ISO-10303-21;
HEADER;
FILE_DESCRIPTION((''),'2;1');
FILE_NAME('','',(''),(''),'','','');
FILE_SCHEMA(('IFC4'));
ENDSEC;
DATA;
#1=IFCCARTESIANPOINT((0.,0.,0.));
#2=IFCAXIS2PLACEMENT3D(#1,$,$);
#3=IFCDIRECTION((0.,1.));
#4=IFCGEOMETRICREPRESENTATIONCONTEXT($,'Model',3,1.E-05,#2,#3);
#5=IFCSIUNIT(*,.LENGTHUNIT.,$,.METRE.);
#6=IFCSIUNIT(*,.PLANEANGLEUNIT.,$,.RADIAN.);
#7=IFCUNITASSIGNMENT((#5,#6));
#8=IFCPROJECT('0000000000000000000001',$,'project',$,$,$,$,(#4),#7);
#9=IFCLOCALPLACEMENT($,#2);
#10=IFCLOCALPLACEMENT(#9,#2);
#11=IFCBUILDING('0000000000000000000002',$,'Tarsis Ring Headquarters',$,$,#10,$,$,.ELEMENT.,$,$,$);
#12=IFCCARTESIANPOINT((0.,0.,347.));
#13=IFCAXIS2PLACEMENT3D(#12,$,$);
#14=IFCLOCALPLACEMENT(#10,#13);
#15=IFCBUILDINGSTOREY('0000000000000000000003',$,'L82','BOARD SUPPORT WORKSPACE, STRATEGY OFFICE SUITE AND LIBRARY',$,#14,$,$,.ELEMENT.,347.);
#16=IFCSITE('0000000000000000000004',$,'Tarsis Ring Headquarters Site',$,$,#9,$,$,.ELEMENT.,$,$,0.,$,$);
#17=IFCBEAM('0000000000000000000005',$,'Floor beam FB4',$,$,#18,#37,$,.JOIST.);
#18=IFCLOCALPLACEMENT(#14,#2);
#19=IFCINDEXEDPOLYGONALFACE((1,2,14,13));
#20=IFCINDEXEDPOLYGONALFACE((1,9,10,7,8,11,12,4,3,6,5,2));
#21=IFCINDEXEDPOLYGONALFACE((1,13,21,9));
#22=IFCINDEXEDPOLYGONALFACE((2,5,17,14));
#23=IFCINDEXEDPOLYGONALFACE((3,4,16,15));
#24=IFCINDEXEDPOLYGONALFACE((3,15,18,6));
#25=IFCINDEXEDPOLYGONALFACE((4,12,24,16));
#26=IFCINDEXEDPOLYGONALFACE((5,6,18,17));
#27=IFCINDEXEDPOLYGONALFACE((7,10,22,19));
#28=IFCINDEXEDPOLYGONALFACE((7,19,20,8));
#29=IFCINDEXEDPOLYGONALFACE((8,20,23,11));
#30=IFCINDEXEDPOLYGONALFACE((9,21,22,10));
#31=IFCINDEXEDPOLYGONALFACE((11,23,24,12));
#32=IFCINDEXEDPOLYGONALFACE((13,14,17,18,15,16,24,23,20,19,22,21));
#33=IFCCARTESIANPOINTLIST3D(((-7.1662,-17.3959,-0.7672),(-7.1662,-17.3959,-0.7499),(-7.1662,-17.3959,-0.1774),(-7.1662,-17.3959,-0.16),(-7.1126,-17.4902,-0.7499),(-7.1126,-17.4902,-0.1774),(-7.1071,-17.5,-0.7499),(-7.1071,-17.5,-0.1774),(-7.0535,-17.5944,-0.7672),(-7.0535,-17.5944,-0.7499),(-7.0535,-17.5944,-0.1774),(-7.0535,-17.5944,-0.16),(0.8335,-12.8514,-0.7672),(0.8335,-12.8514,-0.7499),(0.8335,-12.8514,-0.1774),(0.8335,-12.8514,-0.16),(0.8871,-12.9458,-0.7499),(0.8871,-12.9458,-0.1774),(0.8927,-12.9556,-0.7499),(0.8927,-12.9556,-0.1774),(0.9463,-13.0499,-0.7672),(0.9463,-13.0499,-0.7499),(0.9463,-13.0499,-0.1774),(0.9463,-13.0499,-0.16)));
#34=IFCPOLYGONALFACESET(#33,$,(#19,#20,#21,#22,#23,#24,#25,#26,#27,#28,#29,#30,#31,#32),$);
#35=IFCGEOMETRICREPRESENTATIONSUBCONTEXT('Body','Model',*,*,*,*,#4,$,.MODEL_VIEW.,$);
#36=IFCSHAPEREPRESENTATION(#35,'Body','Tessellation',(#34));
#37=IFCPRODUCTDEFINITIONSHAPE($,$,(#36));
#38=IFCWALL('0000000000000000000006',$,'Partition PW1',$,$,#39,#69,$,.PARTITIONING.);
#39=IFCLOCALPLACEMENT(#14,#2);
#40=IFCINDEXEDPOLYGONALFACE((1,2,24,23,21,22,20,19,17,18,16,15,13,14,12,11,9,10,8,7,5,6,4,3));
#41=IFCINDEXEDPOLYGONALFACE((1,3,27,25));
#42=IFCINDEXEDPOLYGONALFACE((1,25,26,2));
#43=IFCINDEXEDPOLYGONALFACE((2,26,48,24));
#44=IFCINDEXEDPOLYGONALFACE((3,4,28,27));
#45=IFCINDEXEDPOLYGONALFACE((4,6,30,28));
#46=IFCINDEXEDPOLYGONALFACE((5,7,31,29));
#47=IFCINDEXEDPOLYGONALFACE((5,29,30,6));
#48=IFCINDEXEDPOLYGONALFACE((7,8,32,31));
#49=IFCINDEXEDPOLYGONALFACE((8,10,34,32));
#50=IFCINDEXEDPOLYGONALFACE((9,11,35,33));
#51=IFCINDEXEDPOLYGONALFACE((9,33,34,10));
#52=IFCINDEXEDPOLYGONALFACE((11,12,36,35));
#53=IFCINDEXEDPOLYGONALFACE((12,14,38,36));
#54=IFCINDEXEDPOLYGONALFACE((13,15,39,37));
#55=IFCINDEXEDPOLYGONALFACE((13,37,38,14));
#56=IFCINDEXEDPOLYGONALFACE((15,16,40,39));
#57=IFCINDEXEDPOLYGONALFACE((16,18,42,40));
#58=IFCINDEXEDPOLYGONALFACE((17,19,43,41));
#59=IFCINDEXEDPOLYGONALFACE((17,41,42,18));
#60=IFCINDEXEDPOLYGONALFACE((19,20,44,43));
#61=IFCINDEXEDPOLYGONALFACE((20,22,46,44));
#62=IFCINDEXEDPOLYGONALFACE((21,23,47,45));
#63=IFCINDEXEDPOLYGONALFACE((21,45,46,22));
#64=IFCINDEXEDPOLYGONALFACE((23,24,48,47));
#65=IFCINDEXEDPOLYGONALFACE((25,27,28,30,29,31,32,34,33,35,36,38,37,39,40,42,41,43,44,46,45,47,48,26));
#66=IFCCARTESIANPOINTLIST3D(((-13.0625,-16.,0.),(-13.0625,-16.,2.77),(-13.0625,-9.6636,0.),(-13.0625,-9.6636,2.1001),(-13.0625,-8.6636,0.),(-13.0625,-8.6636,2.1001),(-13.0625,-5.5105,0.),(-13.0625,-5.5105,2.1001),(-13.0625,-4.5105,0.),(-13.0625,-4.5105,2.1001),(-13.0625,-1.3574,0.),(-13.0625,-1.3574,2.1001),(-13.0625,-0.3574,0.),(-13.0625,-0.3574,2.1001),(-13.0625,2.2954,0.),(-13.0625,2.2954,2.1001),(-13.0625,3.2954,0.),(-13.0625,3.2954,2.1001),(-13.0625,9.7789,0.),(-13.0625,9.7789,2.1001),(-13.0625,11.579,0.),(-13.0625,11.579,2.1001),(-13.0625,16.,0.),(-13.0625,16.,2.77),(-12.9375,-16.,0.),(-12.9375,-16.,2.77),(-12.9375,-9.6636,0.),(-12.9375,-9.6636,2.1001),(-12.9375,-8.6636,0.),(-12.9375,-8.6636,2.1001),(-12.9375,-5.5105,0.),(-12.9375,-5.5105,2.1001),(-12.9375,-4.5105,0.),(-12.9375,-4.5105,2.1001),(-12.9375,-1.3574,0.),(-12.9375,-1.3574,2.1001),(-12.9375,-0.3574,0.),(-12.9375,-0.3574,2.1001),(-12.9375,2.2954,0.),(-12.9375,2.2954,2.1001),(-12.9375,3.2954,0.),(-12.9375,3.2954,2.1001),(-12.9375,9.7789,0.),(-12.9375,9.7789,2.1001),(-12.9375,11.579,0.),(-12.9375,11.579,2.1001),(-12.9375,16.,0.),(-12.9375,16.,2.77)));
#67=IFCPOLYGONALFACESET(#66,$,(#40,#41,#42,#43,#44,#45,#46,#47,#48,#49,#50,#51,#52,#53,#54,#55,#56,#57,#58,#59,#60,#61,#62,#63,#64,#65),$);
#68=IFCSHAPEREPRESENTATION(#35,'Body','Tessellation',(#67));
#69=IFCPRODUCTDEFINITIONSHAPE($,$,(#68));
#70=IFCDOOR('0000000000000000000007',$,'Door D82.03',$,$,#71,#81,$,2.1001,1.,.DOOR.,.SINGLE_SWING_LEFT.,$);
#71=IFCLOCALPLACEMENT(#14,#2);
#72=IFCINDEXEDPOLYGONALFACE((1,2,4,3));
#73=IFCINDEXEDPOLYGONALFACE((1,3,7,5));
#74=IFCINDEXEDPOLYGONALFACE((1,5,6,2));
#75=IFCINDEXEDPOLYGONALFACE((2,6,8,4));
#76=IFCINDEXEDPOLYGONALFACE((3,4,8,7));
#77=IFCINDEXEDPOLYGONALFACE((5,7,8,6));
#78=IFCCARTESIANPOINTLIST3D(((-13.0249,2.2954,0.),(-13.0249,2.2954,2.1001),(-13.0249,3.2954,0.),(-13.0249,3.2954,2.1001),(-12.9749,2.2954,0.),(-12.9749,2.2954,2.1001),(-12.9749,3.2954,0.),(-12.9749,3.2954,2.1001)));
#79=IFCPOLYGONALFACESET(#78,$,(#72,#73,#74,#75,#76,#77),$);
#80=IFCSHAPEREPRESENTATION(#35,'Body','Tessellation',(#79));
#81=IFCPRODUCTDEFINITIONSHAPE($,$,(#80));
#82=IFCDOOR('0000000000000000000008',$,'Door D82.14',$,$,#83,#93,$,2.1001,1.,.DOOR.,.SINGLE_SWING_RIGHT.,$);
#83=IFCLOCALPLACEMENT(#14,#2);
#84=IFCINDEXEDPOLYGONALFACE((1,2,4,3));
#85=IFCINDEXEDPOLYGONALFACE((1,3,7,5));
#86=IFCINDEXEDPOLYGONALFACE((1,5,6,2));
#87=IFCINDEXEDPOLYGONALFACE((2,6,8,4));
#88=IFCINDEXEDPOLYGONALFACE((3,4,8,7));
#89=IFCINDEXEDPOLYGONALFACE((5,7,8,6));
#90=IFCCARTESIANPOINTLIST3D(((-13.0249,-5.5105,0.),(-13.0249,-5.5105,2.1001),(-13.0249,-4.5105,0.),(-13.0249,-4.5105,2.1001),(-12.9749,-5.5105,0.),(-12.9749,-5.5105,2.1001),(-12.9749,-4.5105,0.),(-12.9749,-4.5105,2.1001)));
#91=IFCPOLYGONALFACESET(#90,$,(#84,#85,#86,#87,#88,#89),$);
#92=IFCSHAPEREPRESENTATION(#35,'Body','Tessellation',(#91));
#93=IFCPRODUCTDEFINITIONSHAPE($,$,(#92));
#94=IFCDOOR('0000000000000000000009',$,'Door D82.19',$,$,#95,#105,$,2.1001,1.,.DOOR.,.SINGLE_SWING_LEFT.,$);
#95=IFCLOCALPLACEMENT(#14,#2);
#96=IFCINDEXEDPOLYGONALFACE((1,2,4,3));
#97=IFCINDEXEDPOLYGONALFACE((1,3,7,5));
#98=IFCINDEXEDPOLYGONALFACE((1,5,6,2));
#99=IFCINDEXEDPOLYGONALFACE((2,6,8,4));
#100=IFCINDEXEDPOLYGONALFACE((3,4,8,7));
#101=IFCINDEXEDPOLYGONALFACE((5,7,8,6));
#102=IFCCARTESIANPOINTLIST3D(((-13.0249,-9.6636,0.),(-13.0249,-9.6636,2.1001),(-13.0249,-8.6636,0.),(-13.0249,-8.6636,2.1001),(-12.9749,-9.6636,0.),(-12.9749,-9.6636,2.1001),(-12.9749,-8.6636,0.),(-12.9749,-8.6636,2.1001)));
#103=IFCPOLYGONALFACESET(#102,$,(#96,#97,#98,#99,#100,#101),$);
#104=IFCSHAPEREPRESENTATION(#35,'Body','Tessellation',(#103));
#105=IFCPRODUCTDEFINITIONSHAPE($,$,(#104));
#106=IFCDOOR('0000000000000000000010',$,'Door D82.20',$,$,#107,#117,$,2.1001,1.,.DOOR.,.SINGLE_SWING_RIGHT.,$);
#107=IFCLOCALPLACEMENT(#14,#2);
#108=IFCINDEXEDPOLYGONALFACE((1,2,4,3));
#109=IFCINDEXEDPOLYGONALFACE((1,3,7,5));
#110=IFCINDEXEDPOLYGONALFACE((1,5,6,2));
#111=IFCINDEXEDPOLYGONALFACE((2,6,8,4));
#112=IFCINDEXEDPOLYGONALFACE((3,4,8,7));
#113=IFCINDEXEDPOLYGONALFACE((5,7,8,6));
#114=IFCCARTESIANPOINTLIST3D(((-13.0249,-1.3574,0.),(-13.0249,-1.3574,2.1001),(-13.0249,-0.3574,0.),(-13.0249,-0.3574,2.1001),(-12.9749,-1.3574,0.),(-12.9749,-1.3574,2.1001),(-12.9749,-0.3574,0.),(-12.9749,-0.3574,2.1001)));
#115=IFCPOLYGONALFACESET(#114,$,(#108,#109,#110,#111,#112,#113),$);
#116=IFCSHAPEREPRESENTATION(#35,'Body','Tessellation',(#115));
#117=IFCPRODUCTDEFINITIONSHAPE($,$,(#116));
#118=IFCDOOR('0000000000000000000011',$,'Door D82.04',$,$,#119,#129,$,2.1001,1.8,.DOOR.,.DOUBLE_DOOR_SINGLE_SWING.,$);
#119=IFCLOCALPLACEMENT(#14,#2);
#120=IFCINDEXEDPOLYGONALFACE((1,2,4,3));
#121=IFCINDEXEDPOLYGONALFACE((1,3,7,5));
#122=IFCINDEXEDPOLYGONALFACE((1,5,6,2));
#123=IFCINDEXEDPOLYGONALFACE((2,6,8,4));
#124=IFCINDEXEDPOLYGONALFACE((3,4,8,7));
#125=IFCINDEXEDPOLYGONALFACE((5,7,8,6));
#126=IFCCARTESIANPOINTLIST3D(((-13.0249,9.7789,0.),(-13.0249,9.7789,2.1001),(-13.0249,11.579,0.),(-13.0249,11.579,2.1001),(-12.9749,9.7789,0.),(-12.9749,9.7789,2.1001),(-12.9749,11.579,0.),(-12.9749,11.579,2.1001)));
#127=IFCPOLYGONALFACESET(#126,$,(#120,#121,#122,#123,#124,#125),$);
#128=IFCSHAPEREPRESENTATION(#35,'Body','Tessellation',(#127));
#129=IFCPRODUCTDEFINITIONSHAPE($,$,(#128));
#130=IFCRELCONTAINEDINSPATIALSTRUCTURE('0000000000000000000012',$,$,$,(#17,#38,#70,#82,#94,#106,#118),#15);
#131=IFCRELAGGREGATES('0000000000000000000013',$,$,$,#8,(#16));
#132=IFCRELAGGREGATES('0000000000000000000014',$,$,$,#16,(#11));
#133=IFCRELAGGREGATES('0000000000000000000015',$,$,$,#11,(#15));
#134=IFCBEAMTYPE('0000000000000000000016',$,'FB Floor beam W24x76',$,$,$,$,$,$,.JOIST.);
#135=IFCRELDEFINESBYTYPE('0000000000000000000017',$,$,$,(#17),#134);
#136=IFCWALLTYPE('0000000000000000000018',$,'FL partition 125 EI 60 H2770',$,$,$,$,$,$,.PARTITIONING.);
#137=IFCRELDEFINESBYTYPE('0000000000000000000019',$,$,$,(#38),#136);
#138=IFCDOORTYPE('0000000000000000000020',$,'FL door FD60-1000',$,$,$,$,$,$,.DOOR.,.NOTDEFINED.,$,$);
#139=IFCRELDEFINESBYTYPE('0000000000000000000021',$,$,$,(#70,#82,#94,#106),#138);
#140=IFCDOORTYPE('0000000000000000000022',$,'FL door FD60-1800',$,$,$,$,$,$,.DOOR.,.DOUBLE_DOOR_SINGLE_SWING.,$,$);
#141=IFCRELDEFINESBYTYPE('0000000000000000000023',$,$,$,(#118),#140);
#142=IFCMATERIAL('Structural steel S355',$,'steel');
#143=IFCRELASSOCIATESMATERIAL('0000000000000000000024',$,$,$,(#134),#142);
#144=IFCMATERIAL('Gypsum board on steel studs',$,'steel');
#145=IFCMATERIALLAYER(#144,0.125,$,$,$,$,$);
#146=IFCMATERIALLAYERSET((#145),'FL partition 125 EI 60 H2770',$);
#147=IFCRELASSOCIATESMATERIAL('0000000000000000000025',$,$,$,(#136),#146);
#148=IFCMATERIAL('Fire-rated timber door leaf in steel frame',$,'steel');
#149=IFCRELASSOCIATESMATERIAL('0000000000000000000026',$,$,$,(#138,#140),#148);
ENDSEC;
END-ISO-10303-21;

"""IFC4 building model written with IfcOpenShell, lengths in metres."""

from ifc_helpers import new_model, si_unit, direction, frame, frame_2d, origin, origin_2d, place, context, subcontext, project, spatial, rectangle, i_section, extrude, material, layer, layer_set, material_profile, profile_set, type_object, element, fill, save


model = new_model("IFC4")

# Units and contexts
model_context = context("Model", 3, precision=1e-05, world=origin(), true_north=direction((0.0, 1.0)))
body_context = subcontext(model_context, "Body", "Model", "MODEL_VIEW")
ifc_project = project(units=[si_unit("LENGTHUNIT", "METRE"), si_unit("PLANEANGLEUNIT", "RADIAN")], contexts=[model_context])

# Site, building, storey
site_placement = place(None, origin())
site = spatial("IfcSite", under=ifc_project, at=site_placement, Name="Tarsis Ring Headquarters Site", CompositionType="ELEMENT", RefElevation=0.0)
building_placement = place(site_placement, origin())
building = spatial("IfcBuilding", under=site, at=building_placement, Name="Tarsis Ring Headquarters", CompositionType="ELEMENT")
storey_placement = place(building_placement, frame((0.0, 0.0, 347.0)))
storey = spatial("IfcBuildingStorey", under=building, at=storey_placement, Name="L82", Description="BOARD SUPPORT WORKSPACE, STRATEGY OFFICE SUITE AND LIBRARY", CompositionType="ELEMENT", Elevation=347.0)

# Beam
ifc_material_1 = material(Name="Structural steel S355", Category="steel")
ifc_material_profile = material_profile(ifc_material_1, i_section(OverallWidth=0.2283, OverallDepth=0.6072, WebThickness=0.0112, FlangeThickness=0.0173, at=origin_2d()), Name="W24x76")
ifc_profile_set = profile_set([ifc_material_profile], Name="Structural steel S355")
beam_type = type_object("IfcBeamType", Name="FB Floor beam W24x76", PredefinedType="JOIST", material=ifc_profile_set)
beam_placement = place(storey_placement, frame((-7.1099, -17.4951, -0.4636), z_axis=(0.869498, 0.493937, 0.0), x_axis=(-0.493937, 0.869498, 0.0)))
element("IfcBeam", 1, at=beam_placement, inside=storey, type_object=beam_type, Name="Floor beam FB4", PredefinedType="JOIST", context=body_context, shape_type="SweptSolid", body=[
    extrude(i_section(OverallWidth=0.2283, OverallDepth=0.6072, WebThickness=0.0112, FlangeThickness=0.0173, at=origin_2d()), origin(), (0.0, 0.0, 1.0), 9.2004),
])

# Wall, openings, doors
ifc_material_2 = material(Name="Gypsum board on steel studs", Category="steel")
ifc_layer_1 = layer(ifc_material_2, 0.125)
ifc_layer_set_1 = layer_set([ifc_layer_1], Name="FL partition 125 EI 60 H2770")
wall_type_1 = type_object("IfcWallType", Name="FL partition 125 EI 60 H2770", PredefinedType="PARTITIONING", material=ifc_layer_set_1)
wall_1_placement = place(storey_placement, frame((-13.0, -16.0, 0.0), z_axis=(0.0, 0.0, 1.0), x_axis=(0.0, 1.0, 0.0)))
wall_1 = element("IfcWall", 2, at=wall_1_placement, inside=storey, type_object=wall_type_1, Name="Partition PW1", PredefinedType="PARTITIONING", context=body_context, shape_type="SweptSolid", body=[
    extrude(rectangle(XDim=32.0, YDim=0.125, at=frame_2d((16.0, 0.0))), origin(), (0.0, 0.0, 1.0), 2.77),
])
opening_1_placement = place(wall_1_placement, frame((18.2954, 0.0, 0.0)))
opening_1 = element("IfcOpeningElement", 3, at=opening_1_placement, cuts=wall_1, PredefinedType="OPENING", context=body_context, shape_type="SweptSolid", body=[
    extrude(rectangle(XDim=1.0, YDim=2.1001, at=frame_2d((0.5, 1.05))), frame((0.0, 0.0725, 0.0), z_axis=(0.0, -1.0, 0.0), x_axis=(1.0, 0.0, 0.0)), (0.0, 0.0, 1.0), 0.145),
])
opening_2_placement = place(wall_1_placement, frame((25.7791, 0.0, 0.0)))
opening_2 = element("IfcOpeningElement", 4, at=opening_2_placement, cuts=wall_1, PredefinedType="OPENING", context=body_context, shape_type="SweptSolid", body=[
    extrude(rectangle(XDim=1.8, YDim=2.1001, at=frame_2d((0.8999, 1.05))), frame((0.0, 0.0725, 0.0), z_axis=(0.0, -1.0, 0.0), x_axis=(1.0, 0.0, 0.0)), (0.0, 0.0, 1.0), 0.145),
])
opening_3_placement = place(wall_1_placement, frame((10.4895, 0.0, 0.0)))
opening_3 = element("IfcOpeningElement", 5, at=opening_3_placement, cuts=wall_1, PredefinedType="OPENING", context=body_context, shape_type="SweptSolid", body=[
    extrude(rectangle(XDim=1.0, YDim=2.1001, at=frame_2d((0.5, 1.05))), frame((0.0, 0.0725, 0.0), z_axis=(0.0, -1.0, 0.0), x_axis=(1.0, 0.0, 0.0)), (0.0, 0.0, 1.0), 0.145),
])
opening_4_placement = place(wall_1_placement, frame((6.3364, 0.0, 0.0)))
opening_4 = element("IfcOpeningElement", 6, at=opening_4_placement, cuts=wall_1, PredefinedType="OPENING", context=body_context, shape_type="SweptSolid", body=[
    extrude(rectangle(XDim=1.0, YDim=2.1001, at=frame_2d((0.5, 1.05))), frame((0.0, 0.0725, 0.0), z_axis=(0.0, -1.0, 0.0), x_axis=(1.0, 0.0, 0.0)), (0.0, 0.0, 1.0), 0.145),
])
opening_5_placement = place(wall_1_placement, frame((14.6426, 0.0, 0.0)))
opening_5 = element("IfcOpeningElement", 7, at=opening_5_placement, cuts=wall_1, PredefinedType="OPENING", context=body_context, shape_type="SweptSolid", body=[
    extrude(rectangle(XDim=1.0, YDim=2.1001, at=frame_2d((0.5, 1.05))), frame((0.0, 0.0725, 0.0), z_axis=(0.0, -1.0, 0.0), x_axis=(1.0, 0.0, 0.0)), (0.0, 0.0, 1.0), 0.145),
])
ifc_material_3 = material(Name="Fire-rated timber door leaf in steel frame", Category="steel")
door_type_1 = type_object("IfcDoorType", Name="FL door FD60-1000", OperationType="NOTDEFINED", PredefinedType="DOOR", material=ifc_material_3)
door_1_placement = place(opening_1_placement, origin())
door_1 = element("IfcDoor", 8, at=door_1_placement, inside=storey, type_object=door_type_1, Name="Door D82.03", OperationType="SINGLE_SWING_LEFT", OverallHeight=2.1001, OverallWidth=1.0, PredefinedType="DOOR", context=body_context, shape_type="SweptSolid", body=[
    extrude(rectangle(XDim=1.0, YDim=2.1001, at=frame_2d((0.5, 1.05))), frame((0.0, 0.0249, 0.0), z_axis=(0.0, -1.0, 0.0), x_axis=(1.0, 0.0, 0.0)), (0.0, 0.0, 1.0), 0.05),
])
fill(opening_1, door_1)
door_2_placement = place(opening_3_placement, origin())
door_2 = element("IfcDoor", 9, at=door_2_placement, inside=storey, type_object=door_type_1, Name="Door D82.14", OperationType="SINGLE_SWING_RIGHT", OverallHeight=2.1001, OverallWidth=1.0, PredefinedType="DOOR", context=body_context, shape_type="SweptSolid", body=[
    extrude(rectangle(XDim=1.0, YDim=2.1001, at=frame_2d((0.5, 1.05))), frame((0.0, 0.0249, 0.0), z_axis=(0.0, -1.0, 0.0), x_axis=(1.0, 0.0, 0.0)), (0.0, 0.0, 1.0), 0.05),
])
fill(opening_3, door_2)
door_3_placement = place(opening_4_placement, origin())
door_3 = element("IfcDoor", 10, at=door_3_placement, inside=storey, type_object=door_type_1, Name="Door D82.19", OperationType="SINGLE_SWING_LEFT", OverallHeight=2.1001, OverallWidth=1.0, PredefinedType="DOOR", context=body_context, shape_type="SweptSolid", body=[
    extrude(rectangle(XDim=1.0, YDim=2.1001, at=frame_2d((0.5, 1.05))), frame((0.0, 0.0249, 0.0), z_axis=(0.0, -1.0, 0.0), x_axis=(1.0, 0.0, 0.0)), (0.0, 0.0, 1.0), 0.05),
])
fill(opening_4, door_3)
door_4_placement = place(opening_5_placement, origin())
door_4 = element("IfcDoor", 11, at=door_4_placement, inside=storey, type_object=door_type_1, Name="Door D82.20", OperationType="SINGLE_SWING_RIGHT", OverallHeight=2.1001, OverallWidth=1.0, PredefinedType="DOOR", context=body_context, shape_type="SweptSolid", body=[
    extrude(rectangle(XDim=1.0, YDim=2.1001, at=frame_2d((0.5, 1.05))), frame((0.0, 0.0249, 0.0), z_axis=(0.0, -1.0, 0.0), x_axis=(1.0, 0.0, 0.0)), (0.0, 0.0, 1.0), 0.05),
])
fill(opening_5, door_4)
door_type_2 = type_object("IfcDoorType", Name="FL door FD60-1800", OperationType="DOUBLE_DOOR_SINGLE_SWING", PredefinedType="DOOR", material=ifc_material_3)
door_5_placement = place(opening_2_placement, origin())
door_5 = element("IfcDoor", 12, at=door_5_placement, inside=storey, type_object=door_type_2, Name="Door D82.04", OperationType="DOUBLE_DOOR_SINGLE_SWING", OverallHeight=2.1001, OverallWidth=1.8, PredefinedType="DOOR", context=body_context, shape_type="SweptSolid", body=[
    extrude(rectangle(XDim=1.8, YDim=2.1001, at=frame_2d((0.8999, 1.05))), frame((0.0, 0.0249, 0.0), z_axis=(0.0, -1.0, 0.0), x_axis=(1.0, 0.0, 0.0)), (0.0, 0.0, 1.0), 0.05),
])
fill(opening_2, door_5)

save(model, "model.ifc")
